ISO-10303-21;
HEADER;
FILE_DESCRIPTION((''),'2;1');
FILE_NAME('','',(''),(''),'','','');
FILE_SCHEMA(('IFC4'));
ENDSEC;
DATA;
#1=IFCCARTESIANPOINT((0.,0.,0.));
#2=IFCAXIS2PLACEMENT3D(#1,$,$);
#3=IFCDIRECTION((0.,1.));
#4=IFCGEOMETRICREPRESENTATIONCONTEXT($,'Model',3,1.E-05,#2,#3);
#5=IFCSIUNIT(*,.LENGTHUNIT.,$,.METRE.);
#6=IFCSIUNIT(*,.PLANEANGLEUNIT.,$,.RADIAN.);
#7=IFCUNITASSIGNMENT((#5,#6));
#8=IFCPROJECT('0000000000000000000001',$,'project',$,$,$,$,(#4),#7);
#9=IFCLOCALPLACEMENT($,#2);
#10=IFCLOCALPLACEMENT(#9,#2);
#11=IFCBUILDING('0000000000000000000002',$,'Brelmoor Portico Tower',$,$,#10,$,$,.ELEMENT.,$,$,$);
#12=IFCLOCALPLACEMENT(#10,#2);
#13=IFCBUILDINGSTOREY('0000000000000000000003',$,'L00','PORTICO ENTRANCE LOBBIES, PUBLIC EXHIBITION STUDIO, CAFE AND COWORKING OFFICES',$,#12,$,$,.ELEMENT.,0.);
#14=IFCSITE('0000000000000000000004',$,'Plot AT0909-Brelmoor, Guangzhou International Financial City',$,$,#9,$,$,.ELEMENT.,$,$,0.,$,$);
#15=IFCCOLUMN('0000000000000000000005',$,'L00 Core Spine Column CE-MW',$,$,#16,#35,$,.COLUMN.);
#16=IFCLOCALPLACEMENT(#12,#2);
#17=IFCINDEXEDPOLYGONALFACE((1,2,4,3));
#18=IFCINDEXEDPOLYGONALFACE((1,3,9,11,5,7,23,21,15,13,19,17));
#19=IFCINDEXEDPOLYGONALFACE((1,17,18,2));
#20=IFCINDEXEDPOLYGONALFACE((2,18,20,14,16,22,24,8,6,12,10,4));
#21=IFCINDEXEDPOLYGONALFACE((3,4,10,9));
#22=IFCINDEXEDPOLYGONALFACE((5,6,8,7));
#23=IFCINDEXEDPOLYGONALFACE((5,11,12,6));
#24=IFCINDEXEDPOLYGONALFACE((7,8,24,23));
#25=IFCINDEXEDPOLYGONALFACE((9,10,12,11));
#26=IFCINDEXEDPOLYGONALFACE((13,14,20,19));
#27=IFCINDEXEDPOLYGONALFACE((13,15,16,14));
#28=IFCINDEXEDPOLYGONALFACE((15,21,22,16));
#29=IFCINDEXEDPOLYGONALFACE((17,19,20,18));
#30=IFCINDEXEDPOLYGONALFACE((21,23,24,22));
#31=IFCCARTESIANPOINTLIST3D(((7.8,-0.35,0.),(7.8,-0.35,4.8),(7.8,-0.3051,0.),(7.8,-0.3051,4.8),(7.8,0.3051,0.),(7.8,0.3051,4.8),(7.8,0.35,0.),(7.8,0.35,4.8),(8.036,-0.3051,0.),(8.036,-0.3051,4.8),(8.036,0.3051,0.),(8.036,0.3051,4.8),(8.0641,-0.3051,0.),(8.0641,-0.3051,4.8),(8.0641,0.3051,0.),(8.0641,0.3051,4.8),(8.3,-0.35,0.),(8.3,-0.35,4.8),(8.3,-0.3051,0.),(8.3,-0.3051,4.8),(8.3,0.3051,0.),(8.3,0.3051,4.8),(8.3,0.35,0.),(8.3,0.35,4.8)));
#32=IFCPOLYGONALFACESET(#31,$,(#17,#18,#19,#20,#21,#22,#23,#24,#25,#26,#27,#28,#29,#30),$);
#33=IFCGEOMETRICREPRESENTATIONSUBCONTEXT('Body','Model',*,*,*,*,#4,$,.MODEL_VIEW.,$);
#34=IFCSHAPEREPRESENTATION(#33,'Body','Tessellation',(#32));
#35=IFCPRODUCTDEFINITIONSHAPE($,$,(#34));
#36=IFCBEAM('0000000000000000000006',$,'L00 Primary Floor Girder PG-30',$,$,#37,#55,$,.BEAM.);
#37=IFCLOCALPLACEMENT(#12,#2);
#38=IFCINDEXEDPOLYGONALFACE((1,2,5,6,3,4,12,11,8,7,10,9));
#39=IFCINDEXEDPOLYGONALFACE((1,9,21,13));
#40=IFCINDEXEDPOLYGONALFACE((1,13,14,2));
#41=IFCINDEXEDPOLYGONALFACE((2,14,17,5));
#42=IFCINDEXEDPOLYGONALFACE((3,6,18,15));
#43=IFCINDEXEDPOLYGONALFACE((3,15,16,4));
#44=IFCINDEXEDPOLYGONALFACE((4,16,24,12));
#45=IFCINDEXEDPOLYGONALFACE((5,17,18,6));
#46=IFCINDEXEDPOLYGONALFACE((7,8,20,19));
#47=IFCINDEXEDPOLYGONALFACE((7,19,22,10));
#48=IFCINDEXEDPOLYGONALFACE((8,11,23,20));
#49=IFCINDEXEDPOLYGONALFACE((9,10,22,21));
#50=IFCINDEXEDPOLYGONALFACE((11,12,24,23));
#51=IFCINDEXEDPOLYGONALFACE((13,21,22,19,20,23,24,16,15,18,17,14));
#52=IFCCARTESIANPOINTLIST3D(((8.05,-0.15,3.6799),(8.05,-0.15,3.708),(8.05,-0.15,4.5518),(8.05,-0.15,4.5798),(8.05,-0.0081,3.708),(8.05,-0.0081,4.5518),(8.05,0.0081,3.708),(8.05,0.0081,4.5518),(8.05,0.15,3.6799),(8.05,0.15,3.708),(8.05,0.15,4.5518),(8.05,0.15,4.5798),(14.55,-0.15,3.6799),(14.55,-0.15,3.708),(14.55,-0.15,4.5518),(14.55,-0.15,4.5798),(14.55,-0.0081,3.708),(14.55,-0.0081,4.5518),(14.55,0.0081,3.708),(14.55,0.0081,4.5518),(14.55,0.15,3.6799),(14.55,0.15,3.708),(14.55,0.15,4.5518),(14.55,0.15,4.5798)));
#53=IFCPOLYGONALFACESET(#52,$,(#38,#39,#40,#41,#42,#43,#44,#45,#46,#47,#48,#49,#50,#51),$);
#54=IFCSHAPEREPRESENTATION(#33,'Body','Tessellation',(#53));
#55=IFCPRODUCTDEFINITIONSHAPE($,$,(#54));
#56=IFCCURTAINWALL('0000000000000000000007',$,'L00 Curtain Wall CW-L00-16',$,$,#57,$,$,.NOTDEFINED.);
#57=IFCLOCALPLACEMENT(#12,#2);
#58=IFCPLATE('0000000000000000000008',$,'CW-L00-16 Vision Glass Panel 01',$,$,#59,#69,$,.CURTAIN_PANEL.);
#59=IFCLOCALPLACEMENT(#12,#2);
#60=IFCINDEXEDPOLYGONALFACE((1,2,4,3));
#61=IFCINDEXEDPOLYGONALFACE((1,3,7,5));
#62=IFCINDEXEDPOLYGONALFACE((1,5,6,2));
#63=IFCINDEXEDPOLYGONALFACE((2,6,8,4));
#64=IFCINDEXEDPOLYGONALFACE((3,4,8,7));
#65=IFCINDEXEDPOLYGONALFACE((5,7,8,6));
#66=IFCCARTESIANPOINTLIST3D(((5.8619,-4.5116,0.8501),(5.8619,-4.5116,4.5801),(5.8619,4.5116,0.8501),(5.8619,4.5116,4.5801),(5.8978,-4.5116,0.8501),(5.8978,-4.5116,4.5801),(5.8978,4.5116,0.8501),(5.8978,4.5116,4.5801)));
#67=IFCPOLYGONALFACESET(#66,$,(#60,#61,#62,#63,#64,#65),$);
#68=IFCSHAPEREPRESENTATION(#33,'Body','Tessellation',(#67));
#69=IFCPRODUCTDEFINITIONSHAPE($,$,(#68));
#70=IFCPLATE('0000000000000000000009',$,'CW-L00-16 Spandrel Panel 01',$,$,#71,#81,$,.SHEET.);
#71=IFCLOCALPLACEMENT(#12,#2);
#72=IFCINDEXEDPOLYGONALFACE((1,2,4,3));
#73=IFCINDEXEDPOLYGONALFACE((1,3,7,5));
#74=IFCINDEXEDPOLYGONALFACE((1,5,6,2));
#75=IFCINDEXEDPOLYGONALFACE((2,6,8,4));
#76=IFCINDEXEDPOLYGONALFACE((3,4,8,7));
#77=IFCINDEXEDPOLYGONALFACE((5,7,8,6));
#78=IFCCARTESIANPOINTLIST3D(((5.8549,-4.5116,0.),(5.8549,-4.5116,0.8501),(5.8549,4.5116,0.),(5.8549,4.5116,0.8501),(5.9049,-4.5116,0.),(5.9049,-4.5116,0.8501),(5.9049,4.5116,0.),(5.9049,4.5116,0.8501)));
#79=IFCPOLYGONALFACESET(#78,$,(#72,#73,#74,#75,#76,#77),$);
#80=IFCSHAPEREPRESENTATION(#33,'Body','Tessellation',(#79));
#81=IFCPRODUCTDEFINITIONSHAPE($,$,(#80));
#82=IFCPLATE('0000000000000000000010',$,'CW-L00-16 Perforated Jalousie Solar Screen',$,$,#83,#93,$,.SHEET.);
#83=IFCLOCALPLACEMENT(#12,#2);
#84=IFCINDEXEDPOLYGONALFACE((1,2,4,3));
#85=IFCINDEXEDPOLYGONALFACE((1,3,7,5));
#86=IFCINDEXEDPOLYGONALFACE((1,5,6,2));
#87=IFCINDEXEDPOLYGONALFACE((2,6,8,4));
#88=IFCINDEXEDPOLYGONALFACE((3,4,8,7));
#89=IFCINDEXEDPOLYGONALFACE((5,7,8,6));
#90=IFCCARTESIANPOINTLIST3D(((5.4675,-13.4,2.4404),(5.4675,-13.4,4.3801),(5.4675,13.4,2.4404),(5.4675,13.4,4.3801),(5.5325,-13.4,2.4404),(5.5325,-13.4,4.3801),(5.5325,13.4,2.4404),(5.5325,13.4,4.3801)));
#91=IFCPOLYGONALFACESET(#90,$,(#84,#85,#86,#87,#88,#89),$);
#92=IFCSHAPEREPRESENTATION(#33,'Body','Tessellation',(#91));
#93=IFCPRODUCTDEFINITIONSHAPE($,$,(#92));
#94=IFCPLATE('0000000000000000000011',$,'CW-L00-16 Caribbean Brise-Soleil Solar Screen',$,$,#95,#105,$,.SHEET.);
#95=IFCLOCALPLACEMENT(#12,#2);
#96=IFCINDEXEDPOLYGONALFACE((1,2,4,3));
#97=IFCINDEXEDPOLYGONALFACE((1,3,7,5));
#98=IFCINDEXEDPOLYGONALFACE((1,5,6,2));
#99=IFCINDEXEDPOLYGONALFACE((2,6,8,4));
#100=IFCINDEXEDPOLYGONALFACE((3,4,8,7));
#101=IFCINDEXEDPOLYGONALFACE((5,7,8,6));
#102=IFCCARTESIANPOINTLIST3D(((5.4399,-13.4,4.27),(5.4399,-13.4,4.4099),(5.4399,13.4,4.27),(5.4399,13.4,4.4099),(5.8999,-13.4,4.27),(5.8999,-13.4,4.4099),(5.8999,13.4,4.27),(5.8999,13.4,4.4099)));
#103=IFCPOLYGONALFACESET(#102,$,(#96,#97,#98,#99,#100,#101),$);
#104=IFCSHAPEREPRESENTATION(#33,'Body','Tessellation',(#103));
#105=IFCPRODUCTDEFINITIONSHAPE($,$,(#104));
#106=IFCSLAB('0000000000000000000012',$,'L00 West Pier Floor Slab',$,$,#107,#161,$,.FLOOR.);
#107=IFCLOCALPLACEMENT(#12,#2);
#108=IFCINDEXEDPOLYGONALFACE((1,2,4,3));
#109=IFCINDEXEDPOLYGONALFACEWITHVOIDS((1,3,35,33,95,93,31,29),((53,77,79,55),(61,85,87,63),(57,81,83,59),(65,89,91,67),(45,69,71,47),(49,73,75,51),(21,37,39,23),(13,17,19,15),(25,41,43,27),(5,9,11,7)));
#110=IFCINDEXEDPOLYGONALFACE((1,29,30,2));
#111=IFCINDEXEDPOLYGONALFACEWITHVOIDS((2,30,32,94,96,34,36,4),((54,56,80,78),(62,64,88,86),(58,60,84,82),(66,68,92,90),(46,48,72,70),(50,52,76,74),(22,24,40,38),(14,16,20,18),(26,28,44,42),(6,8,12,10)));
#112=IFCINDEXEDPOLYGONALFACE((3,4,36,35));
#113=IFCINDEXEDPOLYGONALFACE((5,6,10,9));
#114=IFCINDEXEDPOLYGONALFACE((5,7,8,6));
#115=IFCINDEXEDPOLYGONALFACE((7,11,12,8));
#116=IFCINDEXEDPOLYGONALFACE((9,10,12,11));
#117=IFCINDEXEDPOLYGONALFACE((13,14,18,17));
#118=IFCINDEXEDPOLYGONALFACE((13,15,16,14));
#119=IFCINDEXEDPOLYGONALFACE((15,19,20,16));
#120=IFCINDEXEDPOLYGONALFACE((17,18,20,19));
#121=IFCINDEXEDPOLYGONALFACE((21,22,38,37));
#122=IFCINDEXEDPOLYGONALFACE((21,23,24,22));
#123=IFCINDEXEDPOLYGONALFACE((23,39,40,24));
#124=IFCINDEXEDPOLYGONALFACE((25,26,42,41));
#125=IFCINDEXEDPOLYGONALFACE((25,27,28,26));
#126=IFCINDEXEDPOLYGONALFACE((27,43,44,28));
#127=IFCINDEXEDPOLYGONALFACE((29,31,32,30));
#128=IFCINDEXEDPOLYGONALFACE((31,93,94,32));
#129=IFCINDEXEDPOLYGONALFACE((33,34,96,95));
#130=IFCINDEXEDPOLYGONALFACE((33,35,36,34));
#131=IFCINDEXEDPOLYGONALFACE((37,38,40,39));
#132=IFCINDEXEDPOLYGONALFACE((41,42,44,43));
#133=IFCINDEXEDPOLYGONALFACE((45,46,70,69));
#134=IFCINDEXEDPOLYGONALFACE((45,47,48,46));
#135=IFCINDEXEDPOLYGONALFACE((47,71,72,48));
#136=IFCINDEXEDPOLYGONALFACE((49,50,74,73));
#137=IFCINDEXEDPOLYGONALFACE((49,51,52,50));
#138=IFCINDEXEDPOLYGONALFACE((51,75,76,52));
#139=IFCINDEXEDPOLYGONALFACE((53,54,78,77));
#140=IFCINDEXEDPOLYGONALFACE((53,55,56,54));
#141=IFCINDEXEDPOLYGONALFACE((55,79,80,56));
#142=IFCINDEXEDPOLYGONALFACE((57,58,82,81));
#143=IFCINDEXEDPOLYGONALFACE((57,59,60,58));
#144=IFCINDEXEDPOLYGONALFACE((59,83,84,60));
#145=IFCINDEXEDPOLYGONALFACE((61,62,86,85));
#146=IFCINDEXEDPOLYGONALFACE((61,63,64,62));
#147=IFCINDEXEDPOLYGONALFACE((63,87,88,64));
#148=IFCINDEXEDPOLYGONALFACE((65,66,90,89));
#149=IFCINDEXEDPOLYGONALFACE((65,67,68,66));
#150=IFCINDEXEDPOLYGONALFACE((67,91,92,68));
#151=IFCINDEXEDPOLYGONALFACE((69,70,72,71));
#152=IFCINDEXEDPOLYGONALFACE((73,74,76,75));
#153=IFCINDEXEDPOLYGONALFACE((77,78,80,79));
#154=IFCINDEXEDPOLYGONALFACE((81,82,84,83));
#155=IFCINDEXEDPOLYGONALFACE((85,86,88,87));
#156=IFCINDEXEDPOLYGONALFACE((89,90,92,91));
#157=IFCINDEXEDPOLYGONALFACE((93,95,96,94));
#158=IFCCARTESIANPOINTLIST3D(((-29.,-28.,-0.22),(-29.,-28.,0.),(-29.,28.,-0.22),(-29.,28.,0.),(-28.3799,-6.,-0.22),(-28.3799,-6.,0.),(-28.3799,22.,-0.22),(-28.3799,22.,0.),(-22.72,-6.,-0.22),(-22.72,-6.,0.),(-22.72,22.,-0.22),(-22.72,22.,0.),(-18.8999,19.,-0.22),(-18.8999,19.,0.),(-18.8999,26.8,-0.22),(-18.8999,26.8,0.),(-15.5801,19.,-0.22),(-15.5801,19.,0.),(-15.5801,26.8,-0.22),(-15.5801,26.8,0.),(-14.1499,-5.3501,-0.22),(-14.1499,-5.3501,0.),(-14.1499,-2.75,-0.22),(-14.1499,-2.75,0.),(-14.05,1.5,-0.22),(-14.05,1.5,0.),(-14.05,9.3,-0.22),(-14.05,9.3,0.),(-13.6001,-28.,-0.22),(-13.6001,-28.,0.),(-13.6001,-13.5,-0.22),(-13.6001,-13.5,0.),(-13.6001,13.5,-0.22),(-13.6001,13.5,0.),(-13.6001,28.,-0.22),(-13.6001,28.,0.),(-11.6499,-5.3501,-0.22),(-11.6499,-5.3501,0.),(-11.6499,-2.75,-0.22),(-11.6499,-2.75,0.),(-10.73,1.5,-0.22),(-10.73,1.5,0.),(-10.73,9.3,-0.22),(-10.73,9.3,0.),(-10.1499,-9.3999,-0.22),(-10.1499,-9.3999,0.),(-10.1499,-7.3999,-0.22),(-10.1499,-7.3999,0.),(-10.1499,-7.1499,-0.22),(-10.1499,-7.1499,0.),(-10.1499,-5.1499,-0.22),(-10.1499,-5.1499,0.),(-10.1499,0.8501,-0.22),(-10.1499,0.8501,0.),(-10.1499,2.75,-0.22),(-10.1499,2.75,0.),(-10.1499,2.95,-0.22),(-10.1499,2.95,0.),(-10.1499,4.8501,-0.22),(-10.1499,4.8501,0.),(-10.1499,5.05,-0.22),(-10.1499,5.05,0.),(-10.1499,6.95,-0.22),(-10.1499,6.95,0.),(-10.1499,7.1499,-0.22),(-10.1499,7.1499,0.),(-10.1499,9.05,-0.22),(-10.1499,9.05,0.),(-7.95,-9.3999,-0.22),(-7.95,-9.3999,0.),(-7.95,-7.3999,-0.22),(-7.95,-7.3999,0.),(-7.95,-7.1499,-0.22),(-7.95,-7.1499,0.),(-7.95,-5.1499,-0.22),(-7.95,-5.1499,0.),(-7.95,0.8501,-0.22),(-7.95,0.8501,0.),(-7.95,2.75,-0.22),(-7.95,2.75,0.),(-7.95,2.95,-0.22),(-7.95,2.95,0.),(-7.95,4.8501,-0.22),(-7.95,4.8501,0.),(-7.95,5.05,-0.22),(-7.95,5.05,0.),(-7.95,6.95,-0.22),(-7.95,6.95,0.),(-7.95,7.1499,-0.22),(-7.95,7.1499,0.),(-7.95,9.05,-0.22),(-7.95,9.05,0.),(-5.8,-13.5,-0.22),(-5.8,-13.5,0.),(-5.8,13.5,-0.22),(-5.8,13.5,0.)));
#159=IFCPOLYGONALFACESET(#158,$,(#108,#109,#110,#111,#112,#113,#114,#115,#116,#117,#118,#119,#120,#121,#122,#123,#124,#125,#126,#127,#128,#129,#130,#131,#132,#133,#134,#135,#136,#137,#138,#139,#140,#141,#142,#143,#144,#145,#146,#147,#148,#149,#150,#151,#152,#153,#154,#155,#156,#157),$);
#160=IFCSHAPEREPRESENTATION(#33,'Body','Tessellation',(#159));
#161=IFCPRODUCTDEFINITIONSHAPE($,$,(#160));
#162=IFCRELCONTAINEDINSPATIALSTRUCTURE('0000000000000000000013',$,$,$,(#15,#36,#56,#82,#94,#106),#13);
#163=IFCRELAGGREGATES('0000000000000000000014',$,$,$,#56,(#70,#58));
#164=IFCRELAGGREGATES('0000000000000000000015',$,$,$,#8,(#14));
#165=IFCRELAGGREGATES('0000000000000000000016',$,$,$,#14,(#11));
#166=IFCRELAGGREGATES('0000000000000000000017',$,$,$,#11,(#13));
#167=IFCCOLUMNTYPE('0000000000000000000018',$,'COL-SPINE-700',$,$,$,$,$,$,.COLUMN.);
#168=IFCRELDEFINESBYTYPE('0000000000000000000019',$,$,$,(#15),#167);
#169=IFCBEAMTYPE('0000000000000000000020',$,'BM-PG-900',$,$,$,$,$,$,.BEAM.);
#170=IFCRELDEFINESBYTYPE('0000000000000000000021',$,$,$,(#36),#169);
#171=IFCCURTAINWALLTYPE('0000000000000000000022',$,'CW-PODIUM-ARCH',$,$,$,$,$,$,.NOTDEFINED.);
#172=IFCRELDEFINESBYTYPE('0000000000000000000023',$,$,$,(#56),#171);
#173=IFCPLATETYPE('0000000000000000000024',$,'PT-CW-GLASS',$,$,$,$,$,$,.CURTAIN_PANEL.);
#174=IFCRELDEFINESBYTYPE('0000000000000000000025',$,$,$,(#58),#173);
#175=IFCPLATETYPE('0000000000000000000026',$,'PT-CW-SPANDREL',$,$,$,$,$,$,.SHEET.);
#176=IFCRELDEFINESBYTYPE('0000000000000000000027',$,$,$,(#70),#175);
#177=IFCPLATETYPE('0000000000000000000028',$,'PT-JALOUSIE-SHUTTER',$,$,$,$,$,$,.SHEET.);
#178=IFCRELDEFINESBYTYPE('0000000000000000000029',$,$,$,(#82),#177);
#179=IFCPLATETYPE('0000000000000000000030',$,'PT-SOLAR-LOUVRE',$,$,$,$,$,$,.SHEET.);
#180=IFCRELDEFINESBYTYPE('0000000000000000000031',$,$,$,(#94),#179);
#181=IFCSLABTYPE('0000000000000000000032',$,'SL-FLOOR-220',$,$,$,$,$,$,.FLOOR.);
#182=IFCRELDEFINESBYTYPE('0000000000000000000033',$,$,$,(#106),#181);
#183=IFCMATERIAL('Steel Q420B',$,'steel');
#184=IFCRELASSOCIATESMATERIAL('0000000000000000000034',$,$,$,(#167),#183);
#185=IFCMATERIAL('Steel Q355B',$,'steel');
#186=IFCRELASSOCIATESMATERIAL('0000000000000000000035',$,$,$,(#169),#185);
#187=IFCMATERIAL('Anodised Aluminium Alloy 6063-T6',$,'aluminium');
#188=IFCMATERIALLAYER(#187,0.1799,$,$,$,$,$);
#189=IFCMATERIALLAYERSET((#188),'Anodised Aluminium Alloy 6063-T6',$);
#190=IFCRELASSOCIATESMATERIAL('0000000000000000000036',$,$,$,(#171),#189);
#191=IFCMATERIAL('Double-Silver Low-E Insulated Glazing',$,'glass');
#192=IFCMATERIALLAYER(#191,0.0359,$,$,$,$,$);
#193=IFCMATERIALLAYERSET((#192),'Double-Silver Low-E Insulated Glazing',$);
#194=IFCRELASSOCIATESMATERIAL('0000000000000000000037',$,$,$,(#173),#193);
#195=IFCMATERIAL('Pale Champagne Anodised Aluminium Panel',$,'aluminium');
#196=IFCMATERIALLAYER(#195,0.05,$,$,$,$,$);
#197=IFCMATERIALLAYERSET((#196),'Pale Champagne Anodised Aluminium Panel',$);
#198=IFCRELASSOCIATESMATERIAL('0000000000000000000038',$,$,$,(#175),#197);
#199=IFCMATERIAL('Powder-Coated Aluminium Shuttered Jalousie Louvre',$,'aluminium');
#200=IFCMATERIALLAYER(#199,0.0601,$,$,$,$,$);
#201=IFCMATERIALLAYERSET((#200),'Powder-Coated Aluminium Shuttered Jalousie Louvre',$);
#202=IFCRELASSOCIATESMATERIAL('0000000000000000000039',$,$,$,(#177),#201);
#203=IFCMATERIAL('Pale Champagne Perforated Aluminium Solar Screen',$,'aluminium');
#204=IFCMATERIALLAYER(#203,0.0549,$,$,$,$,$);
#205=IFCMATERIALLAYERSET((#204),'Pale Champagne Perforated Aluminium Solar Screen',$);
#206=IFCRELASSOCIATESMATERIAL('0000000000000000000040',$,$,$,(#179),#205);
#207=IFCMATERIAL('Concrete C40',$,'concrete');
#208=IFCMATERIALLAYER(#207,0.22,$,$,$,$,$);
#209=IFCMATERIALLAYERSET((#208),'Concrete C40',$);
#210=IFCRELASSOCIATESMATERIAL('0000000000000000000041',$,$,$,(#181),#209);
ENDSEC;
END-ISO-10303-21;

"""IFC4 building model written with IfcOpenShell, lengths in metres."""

from ifc_helpers import new_model, si_unit, direction, frame, origin, origin_2d, place, context, subcontext, project, spatial, polyline, rectangle, i_section, outline, extrude, material, layer, layer_set, material_profile, profile_set, type_object, element, aggregate, save


model = new_model("IFC4")

# Units and contexts
model_context = context("Model", 3, precision=1e-05, world=origin(), true_north=direction((0.0, 1.0)))
body_context = subcontext(model_context, "Body", "Model", "MODEL_VIEW")
ifc_project = project(units=[si_unit("LENGTHUNIT", "METRE"), si_unit("PLANEANGLEUNIT", "RADIAN")], contexts=[model_context])

# Site, building, storey
site_placement = place(None, origin())
site = spatial("IfcSite", under=ifc_project, at=site_placement, Name="Plot AT0909-Brelmoor, Guangzhou International Financial City", CompositionType="ELEMENT", RefElevation=0.0)
building_placement = place(site_placement, origin())
building = spatial("IfcBuilding", under=site, at=building_placement, Name="Brelmoor Portico Tower", CompositionType="ELEMENT")
storey_placement = place(building_placement, origin())
storey = spatial("IfcBuildingStorey", under=building, at=storey_placement, Name="L00", Description="PORTICO ENTRANCE LOBBIES, PUBLIC EXHIBITION STUDIO, CAFE AND COWORKING OFFICES", CompositionType="ELEMENT", Elevation=0.0)

# Column
ifc_material_1 = material(Name="Steel Q420B", Category="steel")
ifc_material_profile_1 = material_profile(ifc_material_1, i_section(OverallWidth=0.5, OverallDepth=0.7, WebThickness=0.0281, FlangeThickness=0.0449, at=origin_2d()), Name="HW 700x500x28x45")
ifc_profile_set_1 = profile_set([ifc_material_profile_1], Name="Steel Q420B")
column_type = type_object("IfcColumnType", Name="COL-SPINE-700", PredefinedType="COLUMN", material=ifc_profile_set_1)
column_placement = place(storey_placement, frame((8.05, 0.0, 0.0), z_axis=(0.0, 0.0, 1.0), x_axis=(1.0, 0.0, 0.0)))
element("IfcColumn", 1, at=column_placement, inside=storey, type_object=column_type, Name="L00 Core Spine Column CE-MW", PredefinedType="COLUMN", context=body_context, shape_type="SweptSolid", body=[
    extrude(i_section(OverallWidth=0.5, OverallDepth=0.7, WebThickness=0.0281, FlangeThickness=0.0449, at=origin_2d()), origin(), (0.0, 0.0, 1.0), 4.8),
])

# Beam
ifc_material_2 = material(Name="Steel Q355B", Category="steel")
ifc_material_profile_2 = material_profile(ifc_material_2, i_section(OverallWidth=0.3, OverallDepth=0.8999, WebThickness=0.0161, FlangeThickness=0.0281, at=origin_2d()), Name="HN 900x300x16x28")
ifc_profile_set_2 = profile_set([ifc_material_profile_2], Name="Steel Q355B")
beam_type = type_object("IfcBeamType", Name="BM-PG-900", PredefinedType="BEAM", material=ifc_profile_set_2)
beam_placement = place(storey_placement, frame((8.05, 0.0, 4.1299), z_axis=(1.0, 0.0, 0.0), x_axis=(0.0, 1.0, 0.0)))
element("IfcBeam", 2, at=beam_placement, inside=storey, type_object=beam_type, Name="L00 Primary Floor Girder PG-30", PredefinedType="BEAM", context=body_context, shape_type="SweptSolid", body=[
    extrude(i_section(OverallWidth=0.3, OverallDepth=0.8999, WebThickness=0.0161, FlangeThickness=0.0281, at=origin_2d()), origin(), (0.0, 0.0, 1.0), 6.5),
])

# Curtain wall, plates
ifc_material_3 = material(Name="Anodised Aluminium Alloy 6063-T6", Category="aluminium")
ifc_layer_1 = layer(ifc_material_3, 0.1799)
ifc_layer_set_1 = layer_set([ifc_layer_1], Name="Anodised Aluminium Alloy 6063-T6")
curtain_wall_type = type_object("IfcCurtainWallType", Name="CW-PODIUM-ARCH", PredefinedType="NOTDEFINED", material=ifc_layer_set_1)
curtain_wall_placement = place(storey_placement, origin())
curtain_wall = element("IfcCurtainWall", 3, at=curtain_wall_placement, inside=storey, type_object=curtain_wall_type, Name="L00 Curtain Wall CW-L00-16", PredefinedType="NOTDEFINED")
ifc_material_4 = material(Name="Double-Silver Low-E Insulated Glazing", Category="glass")
ifc_layer_2 = layer(ifc_material_4, 0.0359)
ifc_layer_set_2 = layer_set([ifc_layer_2], Name="Double-Silver Low-E Insulated Glazing")
plate_type_1 = type_object("IfcPlateType", Name="PT-CW-GLASS", PredefinedType="CURTAIN_PANEL", material=ifc_layer_set_2)
plate_1_placement = place(storey_placement, frame((5.8799, 0.0, 0.8501), z_axis=(0.0, 0.0, 1.0), x_axis=(0.0, 1.0, 0.0)))
plate_1 = element("IfcPlate", 4, at=plate_1_placement, type_object=plate_type_1, Name="CW-L00-16 Vision Glass Panel 01", PredefinedType="CURTAIN_PANEL", context=body_context, shape_type="SweptSolid", body=[
    extrude(rectangle(XDim=9.0232, YDim=0.0359, at=origin_2d()), origin(), (0.0, 0.0, 1.0), 3.73),
])
ifc_material_5 = material(Name="Pale Champagne Anodised Aluminium Panel", Category="aluminium")
ifc_layer_3 = layer(ifc_material_5, 0.05)
ifc_layer_set_3 = layer_set([ifc_layer_3], Name="Pale Champagne Anodised Aluminium Panel")
plate_type_2 = type_object("IfcPlateType", Name="PT-CW-SPANDREL", PredefinedType="SHEET", material=ifc_layer_set_3)
plate_2_placement = place(storey_placement, frame((5.8799, 0.0, 0.0), z_axis=(0.0, 0.0, 1.0), x_axis=(0.0, 1.0, 0.0)))
plate_2 = element("IfcPlate", 5, at=plate_2_placement, type_object=plate_type_2, Name="CW-L00-16 Spandrel Panel 01", PredefinedType="SHEET", context=body_context, shape_type="SweptSolid", body=[
    extrude(rectangle(XDim=9.0232, YDim=0.05, at=origin_2d()), origin(), (0.0, 0.0, 1.0), 0.8501),
])
aggregate(curtain_wall, [plate_2, plate_1])

# Plates
ifc_material_6 = material(Name="Powder-Coated Aluminium Shuttered Jalousie Louvre", Category="aluminium")
ifc_layer_4 = layer(ifc_material_6, 0.0601)
ifc_layer_set_4 = layer_set([ifc_layer_4], Name="Powder-Coated Aluminium Shuttered Jalousie Louvre")
plate_type_3 = type_object("IfcPlateType", Name="PT-JALOUSIE-SHUTTER", PredefinedType="SHEET", material=ifc_layer_set_4)
plate_3_placement = place(storey_placement, frame((5.5, 0.0, 2.4404), z_axis=(0.0, 0.0, 1.0), x_axis=(0.0, 1.0, 0.0)))
element("IfcPlate", 6, at=plate_3_placement, inside=storey, type_object=plate_type_3, Name="CW-L00-16 Perforated Jalousie Solar Screen", PredefinedType="SHEET", context=body_context, shape_type="SweptSolid", body=[
    extrude(rectangle(XDim=26.8, YDim=0.0649, at=origin_2d()), origin(), (0.0, 0.0, 1.0), 1.9397),
])
ifc_material_7 = material(Name="Pale Champagne Perforated Aluminium Solar Screen", Category="aluminium")
ifc_layer_5 = layer(ifc_material_7, 0.0549)
ifc_layer_set_5 = layer_set([ifc_layer_5], Name="Pale Champagne Perforated Aluminium Solar Screen")
plate_type_4 = type_object("IfcPlateType", Name="PT-SOLAR-LOUVRE", PredefinedType="SHEET", material=ifc_layer_set_5)
plate_4_placement = place(storey_placement, frame((5.6699, 0.0, 4.27), z_axis=(0.0, 0.0, 1.0), x_axis=(0.0, 1.0, 0.0)))
element("IfcPlate", 7, at=plate_4_placement, inside=storey, type_object=plate_type_4, Name="CW-L00-16 Caribbean Brise-Soleil Solar Screen", PredefinedType="SHEET", context=body_context, shape_type="SweptSolid", body=[
    extrude(rectangle(XDim=26.8, YDim=0.46, at=origin_2d()), origin(), (0.0, 0.0, 1.0), 0.1399),
])

# Slab
ifc_material_8 = material(Name="Concrete C40", Category="concrete")
ifc_layer_6 = layer(ifc_material_8, 0.22)
ifc_layer_set_6 = layer_set([ifc_layer_6], Name="Concrete C40")
slab_type_1 = type_object("IfcSlabType", Name="SL-FLOOR-220", PredefinedType="FLOOR", material=ifc_layer_set_6)
slab_1_placement = place(storey_placement, frame((0.0, 0.0, -0.22)))
element("IfcSlab", 8, at=slab_1_placement, inside=storey, type_object=slab_type_1, Name="L00 West Pier Floor Slab", PredefinedType="FLOOR", context=body_context, shape_type="SweptSolid", body=[
    extrude(outline(polyline([(-29.0, -28.0), (-13.6001, -28.0), (-13.6001, -13.5), (-5.8, -13.5), (-5.8, 13.5), (-13.6001, 13.5), (-13.6001, 28.0), (-29.0, 28.0), (-29.0, -28.0)]), holes=[polyline([(-10.73, 1.5), (-10.73, 9.3), (-14.05, 9.3), (-14.05, 1.5), (-10.73, 1.5)]), polyline([(-15.5801, 19.0), (-15.5801, 26.8), (-18.8999, 26.8), (-18.8999, 19.0), (-15.5801, 19.0)]), polyline([(-10.1499, 0.8501), (-7.95, 0.8501), (-7.95, 2.75), (-10.1499, 2.75), (-10.1499, 0.8501)]), polyline([(-10.1499, 2.95), (-7.95, 2.95), (-7.95, 4.8501), (-10.1499, 4.8501), (-10.1499, 2.95)]), polyline([(-10.1499, 5.05), (-7.95, 5.05), (-7.95, 6.95), (-10.1499, 6.95), (-10.1499, 5.05)]), polyline([(-10.1499, 7.1499), (-7.95, 7.1499), (-7.95, 9.05), (-10.1499, 9.05), (-10.1499, 7.1499)]), polyline([(-10.1499, -9.3999), (-7.95, -9.3999), (-7.95, -7.3999), (-10.1499, -7.3999), (-10.1499, -9.3999)]), polyline([(-10.1499, -7.1499), (-7.95, -7.1499), (-7.95, -5.1499), (-10.1499, -5.1499), (-10.1499, -7.1499)]), polyline([(-14.1499, -5.3501), (-11.6499, -5.3501), (-11.6499, -2.75), (-14.1499, -2.75), (-14.1499, -5.3501)]), polyline([(-28.3799, -6.0), (-22.72, -6.0), (-22.72, 22.0), (-28.3799, 22.0), (-28.3799, -6.0)])]), origin(), (0.0, 0.0, 1.0), 0.22),
])

save(model, "model.ifc")
